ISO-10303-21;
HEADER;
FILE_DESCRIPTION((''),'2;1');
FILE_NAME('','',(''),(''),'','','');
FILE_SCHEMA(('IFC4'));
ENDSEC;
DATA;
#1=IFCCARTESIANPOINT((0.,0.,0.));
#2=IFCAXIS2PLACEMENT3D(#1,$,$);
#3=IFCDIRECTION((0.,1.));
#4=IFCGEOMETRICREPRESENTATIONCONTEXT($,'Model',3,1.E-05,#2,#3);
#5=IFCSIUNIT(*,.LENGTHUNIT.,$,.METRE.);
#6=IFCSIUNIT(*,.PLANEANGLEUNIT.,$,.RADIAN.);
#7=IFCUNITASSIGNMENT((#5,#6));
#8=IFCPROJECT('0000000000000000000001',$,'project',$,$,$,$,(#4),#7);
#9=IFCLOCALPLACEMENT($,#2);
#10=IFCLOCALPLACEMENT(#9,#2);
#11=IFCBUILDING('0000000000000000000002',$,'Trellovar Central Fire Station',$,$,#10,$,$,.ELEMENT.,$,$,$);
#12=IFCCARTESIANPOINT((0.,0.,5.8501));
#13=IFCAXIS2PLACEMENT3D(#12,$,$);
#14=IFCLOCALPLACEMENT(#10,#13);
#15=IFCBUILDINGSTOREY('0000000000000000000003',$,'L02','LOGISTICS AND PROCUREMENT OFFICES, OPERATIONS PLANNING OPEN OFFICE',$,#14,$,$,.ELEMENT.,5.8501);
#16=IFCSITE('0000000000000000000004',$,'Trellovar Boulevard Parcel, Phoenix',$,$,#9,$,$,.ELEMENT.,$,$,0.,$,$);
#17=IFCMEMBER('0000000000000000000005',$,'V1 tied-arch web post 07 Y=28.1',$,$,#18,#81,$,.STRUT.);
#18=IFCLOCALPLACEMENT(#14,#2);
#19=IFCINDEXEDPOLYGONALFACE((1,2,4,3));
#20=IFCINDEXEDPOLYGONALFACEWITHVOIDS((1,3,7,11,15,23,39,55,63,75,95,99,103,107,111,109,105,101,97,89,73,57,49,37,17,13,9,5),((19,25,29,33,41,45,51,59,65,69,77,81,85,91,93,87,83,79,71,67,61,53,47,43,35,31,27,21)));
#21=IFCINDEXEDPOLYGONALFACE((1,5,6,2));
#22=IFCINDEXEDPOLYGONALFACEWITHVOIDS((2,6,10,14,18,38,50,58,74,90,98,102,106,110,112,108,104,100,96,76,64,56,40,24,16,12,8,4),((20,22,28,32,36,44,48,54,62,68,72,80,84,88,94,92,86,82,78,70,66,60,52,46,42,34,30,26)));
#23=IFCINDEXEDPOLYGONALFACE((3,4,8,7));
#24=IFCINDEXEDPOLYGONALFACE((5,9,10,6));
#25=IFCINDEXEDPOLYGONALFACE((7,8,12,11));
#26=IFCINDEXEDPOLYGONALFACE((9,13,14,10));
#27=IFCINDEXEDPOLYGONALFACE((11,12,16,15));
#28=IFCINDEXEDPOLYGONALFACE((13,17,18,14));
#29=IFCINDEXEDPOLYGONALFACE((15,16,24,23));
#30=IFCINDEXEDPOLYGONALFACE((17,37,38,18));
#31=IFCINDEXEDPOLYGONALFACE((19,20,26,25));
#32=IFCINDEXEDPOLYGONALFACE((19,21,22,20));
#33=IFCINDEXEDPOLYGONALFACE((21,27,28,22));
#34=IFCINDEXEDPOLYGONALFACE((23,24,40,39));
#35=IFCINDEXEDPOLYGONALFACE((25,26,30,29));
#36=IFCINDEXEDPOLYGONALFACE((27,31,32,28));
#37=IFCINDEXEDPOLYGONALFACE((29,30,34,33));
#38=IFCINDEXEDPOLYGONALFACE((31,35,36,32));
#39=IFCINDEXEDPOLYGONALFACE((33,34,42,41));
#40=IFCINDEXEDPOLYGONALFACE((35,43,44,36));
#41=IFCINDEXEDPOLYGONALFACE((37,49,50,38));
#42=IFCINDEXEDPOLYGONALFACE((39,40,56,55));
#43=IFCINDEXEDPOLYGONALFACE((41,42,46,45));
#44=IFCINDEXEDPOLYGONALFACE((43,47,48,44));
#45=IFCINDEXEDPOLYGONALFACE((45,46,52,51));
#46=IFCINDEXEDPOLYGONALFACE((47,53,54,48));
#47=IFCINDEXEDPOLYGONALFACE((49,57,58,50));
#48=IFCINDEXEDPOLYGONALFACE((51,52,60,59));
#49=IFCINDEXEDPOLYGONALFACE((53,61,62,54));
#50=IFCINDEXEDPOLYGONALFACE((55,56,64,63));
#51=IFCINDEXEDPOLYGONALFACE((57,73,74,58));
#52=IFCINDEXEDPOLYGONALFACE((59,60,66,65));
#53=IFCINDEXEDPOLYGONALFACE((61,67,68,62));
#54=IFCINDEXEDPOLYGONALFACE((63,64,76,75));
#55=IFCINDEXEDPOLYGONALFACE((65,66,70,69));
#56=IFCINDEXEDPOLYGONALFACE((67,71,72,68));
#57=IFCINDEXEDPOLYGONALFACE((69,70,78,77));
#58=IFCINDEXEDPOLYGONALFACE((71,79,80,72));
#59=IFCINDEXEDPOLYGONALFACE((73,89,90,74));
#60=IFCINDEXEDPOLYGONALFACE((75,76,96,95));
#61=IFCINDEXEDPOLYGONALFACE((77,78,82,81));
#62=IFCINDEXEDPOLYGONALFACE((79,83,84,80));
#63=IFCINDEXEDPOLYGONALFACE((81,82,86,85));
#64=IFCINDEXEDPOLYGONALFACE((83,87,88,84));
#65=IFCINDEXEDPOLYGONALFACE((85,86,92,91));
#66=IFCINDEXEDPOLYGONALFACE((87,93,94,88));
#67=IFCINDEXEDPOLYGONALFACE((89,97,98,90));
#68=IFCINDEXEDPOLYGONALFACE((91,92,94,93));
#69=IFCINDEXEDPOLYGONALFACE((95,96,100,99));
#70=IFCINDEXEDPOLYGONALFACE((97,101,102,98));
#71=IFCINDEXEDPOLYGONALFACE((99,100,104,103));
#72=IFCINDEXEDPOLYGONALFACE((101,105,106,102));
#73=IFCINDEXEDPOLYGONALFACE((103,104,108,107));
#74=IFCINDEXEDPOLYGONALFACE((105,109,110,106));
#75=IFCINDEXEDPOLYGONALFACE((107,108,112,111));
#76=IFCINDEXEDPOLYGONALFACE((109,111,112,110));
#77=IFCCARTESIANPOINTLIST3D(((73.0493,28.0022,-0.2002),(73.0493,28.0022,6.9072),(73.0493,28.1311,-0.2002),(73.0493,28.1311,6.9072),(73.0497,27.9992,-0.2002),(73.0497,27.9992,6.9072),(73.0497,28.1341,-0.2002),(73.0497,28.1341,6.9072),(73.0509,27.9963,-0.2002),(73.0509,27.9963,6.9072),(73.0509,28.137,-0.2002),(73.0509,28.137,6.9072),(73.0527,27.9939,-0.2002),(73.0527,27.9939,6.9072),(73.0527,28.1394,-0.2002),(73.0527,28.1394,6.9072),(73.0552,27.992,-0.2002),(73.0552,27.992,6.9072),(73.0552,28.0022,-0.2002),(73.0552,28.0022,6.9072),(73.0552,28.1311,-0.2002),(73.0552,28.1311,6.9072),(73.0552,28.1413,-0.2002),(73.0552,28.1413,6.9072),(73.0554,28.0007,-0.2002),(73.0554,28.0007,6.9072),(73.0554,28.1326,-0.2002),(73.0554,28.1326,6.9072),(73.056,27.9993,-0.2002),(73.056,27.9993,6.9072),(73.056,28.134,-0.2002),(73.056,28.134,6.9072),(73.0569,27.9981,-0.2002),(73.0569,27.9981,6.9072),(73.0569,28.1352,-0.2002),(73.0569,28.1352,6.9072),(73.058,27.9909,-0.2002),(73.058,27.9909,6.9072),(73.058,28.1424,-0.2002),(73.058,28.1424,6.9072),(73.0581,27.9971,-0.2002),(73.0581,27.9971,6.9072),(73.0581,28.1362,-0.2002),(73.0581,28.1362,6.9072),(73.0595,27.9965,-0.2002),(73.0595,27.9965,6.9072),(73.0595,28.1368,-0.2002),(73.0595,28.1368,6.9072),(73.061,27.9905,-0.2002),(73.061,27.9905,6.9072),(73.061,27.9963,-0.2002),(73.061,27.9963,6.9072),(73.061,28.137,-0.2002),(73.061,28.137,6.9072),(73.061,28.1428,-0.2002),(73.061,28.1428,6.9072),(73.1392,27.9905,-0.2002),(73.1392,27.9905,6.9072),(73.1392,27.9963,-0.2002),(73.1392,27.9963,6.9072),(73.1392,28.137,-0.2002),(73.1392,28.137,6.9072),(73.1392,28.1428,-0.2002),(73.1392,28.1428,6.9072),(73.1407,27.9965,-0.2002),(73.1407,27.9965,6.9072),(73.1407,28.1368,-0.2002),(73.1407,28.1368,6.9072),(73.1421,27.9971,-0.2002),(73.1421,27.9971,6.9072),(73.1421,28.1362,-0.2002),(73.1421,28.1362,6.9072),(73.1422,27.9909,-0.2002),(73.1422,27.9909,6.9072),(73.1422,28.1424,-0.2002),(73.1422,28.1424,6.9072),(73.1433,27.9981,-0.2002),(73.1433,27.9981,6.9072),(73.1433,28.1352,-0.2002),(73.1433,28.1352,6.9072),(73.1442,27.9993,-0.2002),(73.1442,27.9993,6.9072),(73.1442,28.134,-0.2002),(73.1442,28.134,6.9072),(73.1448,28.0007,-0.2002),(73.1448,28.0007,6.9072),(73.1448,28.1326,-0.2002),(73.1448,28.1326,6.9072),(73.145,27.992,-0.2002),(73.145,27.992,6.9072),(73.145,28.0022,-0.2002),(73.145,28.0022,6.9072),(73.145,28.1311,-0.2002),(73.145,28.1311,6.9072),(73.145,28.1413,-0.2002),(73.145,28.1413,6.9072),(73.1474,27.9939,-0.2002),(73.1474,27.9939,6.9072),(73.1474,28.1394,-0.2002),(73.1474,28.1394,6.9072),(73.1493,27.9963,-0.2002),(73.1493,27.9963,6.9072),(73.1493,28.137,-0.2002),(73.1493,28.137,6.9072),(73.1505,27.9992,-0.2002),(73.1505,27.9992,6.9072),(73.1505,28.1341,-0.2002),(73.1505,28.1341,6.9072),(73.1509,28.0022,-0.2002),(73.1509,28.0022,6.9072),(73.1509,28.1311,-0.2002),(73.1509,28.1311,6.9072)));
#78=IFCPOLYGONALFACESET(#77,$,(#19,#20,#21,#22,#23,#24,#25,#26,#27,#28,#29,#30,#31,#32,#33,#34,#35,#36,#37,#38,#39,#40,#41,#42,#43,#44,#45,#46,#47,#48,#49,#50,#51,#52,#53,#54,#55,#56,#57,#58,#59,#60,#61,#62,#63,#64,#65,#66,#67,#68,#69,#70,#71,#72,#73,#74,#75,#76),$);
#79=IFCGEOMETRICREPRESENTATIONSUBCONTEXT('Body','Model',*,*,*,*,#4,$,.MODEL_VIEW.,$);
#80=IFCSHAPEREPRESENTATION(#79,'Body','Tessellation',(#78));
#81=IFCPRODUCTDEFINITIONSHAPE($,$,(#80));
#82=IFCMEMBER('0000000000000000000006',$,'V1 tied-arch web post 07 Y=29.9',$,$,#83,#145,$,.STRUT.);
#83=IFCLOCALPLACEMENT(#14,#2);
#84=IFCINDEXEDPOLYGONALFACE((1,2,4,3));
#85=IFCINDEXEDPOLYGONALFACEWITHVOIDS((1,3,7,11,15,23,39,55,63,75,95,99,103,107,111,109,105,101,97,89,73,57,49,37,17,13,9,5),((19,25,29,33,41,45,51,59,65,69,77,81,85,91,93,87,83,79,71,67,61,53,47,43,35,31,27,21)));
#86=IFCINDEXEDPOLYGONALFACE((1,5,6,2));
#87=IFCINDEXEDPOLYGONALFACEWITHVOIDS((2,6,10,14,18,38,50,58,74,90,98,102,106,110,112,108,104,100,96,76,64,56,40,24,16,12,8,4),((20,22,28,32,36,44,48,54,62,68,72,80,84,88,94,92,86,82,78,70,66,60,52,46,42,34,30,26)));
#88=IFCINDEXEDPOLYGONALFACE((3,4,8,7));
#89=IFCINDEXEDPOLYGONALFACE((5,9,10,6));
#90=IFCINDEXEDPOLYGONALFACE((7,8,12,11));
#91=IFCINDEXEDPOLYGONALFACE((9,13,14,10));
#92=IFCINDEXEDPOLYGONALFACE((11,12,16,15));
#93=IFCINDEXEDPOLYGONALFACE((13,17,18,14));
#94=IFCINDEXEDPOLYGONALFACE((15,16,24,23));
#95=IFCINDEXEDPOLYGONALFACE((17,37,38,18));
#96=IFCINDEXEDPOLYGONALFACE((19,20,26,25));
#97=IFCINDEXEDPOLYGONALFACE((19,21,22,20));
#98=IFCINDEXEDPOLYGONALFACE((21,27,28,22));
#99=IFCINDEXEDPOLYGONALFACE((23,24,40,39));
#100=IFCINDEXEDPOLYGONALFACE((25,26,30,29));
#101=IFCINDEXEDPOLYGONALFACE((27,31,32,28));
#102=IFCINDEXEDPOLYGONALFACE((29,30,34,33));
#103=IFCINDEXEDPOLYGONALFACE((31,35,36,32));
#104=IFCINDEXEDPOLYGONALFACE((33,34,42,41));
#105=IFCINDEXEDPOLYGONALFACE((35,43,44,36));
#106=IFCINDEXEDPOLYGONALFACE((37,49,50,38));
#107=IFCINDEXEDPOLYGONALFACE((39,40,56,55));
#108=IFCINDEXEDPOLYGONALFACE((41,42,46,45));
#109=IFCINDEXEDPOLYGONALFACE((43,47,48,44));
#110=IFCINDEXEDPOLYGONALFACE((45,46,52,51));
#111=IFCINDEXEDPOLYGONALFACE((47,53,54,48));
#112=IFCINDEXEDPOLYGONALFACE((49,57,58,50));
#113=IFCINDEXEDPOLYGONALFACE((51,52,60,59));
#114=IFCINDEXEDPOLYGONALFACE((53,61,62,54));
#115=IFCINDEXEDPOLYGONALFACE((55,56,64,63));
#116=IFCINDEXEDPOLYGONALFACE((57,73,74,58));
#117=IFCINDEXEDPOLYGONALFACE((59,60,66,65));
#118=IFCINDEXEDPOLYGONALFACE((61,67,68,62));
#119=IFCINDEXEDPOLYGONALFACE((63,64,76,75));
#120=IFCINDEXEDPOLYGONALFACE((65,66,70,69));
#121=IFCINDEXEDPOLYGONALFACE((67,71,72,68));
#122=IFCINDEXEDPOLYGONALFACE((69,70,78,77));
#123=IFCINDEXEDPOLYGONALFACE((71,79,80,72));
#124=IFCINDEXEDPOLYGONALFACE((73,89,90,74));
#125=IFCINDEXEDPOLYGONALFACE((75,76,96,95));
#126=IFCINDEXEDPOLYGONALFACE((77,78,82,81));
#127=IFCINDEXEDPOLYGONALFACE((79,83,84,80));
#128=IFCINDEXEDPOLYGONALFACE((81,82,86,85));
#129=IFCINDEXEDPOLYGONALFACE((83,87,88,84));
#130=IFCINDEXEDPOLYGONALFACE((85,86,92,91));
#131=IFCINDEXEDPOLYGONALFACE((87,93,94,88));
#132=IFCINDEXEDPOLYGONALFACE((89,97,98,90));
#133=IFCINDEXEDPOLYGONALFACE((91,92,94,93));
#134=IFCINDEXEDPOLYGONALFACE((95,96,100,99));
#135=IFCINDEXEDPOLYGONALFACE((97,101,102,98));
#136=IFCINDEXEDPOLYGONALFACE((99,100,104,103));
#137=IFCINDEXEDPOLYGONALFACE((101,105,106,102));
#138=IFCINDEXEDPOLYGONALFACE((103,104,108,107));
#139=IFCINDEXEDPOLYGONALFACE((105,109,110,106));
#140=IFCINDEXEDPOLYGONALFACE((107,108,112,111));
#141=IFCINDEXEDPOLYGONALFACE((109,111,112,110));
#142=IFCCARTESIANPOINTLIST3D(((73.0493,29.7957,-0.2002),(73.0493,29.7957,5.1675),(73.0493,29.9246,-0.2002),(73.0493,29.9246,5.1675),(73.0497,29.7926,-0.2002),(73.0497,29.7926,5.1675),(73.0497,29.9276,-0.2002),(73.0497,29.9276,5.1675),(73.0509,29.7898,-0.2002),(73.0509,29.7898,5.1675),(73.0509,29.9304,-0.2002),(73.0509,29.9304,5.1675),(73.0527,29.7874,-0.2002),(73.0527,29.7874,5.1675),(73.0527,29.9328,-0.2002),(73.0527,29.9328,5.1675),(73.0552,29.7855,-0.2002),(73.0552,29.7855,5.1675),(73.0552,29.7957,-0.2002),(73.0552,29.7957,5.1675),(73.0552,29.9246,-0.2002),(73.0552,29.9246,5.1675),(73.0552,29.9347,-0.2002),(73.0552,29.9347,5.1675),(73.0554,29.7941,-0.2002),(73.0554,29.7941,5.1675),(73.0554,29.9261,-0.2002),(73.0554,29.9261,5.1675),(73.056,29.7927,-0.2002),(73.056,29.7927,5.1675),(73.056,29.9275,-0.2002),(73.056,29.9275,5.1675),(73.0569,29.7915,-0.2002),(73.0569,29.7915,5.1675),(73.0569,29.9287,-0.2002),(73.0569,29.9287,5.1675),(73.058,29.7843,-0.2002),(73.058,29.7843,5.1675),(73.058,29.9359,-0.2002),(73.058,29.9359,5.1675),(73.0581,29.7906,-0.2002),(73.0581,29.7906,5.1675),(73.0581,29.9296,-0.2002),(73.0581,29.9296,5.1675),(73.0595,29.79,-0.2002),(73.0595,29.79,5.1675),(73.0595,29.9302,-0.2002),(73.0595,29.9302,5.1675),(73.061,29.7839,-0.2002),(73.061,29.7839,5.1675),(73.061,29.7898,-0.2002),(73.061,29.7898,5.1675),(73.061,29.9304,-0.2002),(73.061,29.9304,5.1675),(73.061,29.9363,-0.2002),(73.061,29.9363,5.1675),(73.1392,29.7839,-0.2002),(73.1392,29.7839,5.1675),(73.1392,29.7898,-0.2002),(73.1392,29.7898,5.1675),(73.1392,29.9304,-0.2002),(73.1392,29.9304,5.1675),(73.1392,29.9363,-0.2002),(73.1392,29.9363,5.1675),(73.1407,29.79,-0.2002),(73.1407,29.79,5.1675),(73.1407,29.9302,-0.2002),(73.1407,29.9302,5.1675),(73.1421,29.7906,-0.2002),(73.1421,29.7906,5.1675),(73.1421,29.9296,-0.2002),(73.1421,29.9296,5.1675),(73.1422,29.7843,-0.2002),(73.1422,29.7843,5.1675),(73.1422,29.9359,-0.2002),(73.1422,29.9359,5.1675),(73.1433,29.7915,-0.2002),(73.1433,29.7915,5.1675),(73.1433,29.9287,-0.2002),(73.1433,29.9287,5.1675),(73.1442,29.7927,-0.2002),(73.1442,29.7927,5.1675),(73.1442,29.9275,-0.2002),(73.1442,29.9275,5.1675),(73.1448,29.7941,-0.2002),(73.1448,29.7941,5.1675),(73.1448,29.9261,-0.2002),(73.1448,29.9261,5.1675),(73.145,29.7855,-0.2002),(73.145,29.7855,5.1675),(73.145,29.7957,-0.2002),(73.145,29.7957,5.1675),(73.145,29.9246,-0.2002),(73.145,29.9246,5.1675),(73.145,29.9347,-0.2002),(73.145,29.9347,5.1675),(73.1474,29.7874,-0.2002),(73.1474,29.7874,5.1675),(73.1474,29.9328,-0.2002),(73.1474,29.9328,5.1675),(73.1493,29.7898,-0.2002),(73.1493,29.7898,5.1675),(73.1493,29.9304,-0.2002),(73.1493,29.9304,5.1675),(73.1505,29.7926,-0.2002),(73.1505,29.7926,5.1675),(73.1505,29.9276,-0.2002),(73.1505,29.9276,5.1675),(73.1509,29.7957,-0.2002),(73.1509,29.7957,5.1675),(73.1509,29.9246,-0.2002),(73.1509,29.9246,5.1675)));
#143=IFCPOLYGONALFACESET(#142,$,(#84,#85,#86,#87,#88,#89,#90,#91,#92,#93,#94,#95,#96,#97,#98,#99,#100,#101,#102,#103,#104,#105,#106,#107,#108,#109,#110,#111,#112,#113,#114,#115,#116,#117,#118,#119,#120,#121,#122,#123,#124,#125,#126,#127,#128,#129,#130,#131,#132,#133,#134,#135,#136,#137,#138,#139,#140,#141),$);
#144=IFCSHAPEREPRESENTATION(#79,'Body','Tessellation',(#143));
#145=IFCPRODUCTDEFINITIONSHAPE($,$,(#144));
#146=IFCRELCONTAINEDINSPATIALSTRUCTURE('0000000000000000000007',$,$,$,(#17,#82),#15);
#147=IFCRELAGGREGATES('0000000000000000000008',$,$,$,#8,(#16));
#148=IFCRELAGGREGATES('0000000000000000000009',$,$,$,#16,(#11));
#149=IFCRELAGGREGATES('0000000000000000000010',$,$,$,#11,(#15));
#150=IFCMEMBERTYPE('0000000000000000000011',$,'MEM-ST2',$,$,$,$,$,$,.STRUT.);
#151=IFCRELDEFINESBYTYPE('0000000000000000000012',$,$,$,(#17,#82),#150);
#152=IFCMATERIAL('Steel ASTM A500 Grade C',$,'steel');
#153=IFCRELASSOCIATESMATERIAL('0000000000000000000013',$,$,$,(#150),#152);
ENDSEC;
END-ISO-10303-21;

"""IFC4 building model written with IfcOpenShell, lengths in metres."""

from ifc_helpers import new_model, si_unit, direction, frame, origin, origin_2d, place, context, subcontext, project, spatial, hollow_rectangle, extrude, material, material_profile, profile_set, type_object, element, save


model = new_model("IFC4")

# Units and contexts
model_context = context("Model", 3, precision=1e-05, world=origin(), true_north=direction((0.0, 1.0)))
body_context = subcontext(model_context, "Body", "Model", "MODEL_VIEW")
ifc_project = project(units=[si_unit("LENGTHUNIT", "METRE"), si_unit("PLANEANGLEUNIT", "RADIAN")], contexts=[model_context])

# Site, building, storey
site_placement = place(None, origin())
site = spatial("IfcSite", under=ifc_project, at=site_placement, Name="Trellovar Boulevard Parcel, Phoenix", CompositionType="ELEMENT", RefElevation=0.0)
building_placement = place(site_placement, origin())
building = spatial("IfcBuilding", under=site, at=building_placement, Name="Trellovar Central Fire Station", CompositionType="ELEMENT")
storey_placement = place(building_placement, frame((0.0, 0.0, 5.8501)))
storey = spatial("IfcBuildingStorey", under=building, at=storey_placement, Name="L02", Description="LOGISTICS AND PROCUREMENT OFFICES, OPERATIONS PLANNING OPEN OFFICE", CompositionType="ELEMENT", Elevation=5.8501)

# Members
ifc_material_1 = material(Name="Steel ASTM A500 Grade C", Category="steel")
ifc_material_profile_1 = material_profile(ifc_material_1, hollow_rectangle(XDim=0.1016, YDim=0.1523, WallThickness=0.0059, InnerFilletRadius=0.0059, OuterFilletRadius=0.0117, at=origin_2d()), Name="HSS6X4X1/4")
ifc_profile_set_1 = profile_set([ifc_material_profile_1], Name="Steel ASTM A500 Grade C")
member_type_1 = type_object("IfcMemberType", Name="MEM-ST2", PredefinedType="STRUT", material=ifc_profile_set_1)
member_1_placement = place(storey_placement, frame((73.1001, 28.0667, -0.2002), z_axis=(0.0, 0.0, 1.0), x_axis=(1.0, 0.0, 0.0)))
element("IfcMember", 1, at=member_1_placement, inside=storey, type_object=member_type_1, Name="V1 tied-arch web post 07 Y=28.1", PredefinedType="STRUT", context=body_context, shape_type="SweptSolid", body=[
    extrude(hollow_rectangle(XDim=0.1016, YDim=0.1523, WallThickness=0.0059, InnerFilletRadius=0.0059, OuterFilletRadius=0.0117, at=origin_2d()), origin(), (0.0, 0.0, 1.0), 7.1074),
])
member_2_placement = place(storey_placement, frame((73.1001, 29.8601, -0.2002), z_axis=(0.0, 0.0, 1.0), x_axis=(1.0, 0.0, 0.0)))
element("IfcMember", 2, at=member_2_placement, inside=storey, type_object=member_type_1, Name="V1 tied-arch web post 07 Y=29.9", PredefinedType="STRUT", context=body_context, shape_type="SweptSolid", body=[
    extrude(hollow_rectangle(XDim=0.1016, YDim=0.1523, WallThickness=0.0059, InnerFilletRadius=0.0059, OuterFilletRadius=0.0117, at=origin_2d()), origin(), (0.0, 0.0, 1.0), 5.3677),
])

save(model, "model.ifc")
